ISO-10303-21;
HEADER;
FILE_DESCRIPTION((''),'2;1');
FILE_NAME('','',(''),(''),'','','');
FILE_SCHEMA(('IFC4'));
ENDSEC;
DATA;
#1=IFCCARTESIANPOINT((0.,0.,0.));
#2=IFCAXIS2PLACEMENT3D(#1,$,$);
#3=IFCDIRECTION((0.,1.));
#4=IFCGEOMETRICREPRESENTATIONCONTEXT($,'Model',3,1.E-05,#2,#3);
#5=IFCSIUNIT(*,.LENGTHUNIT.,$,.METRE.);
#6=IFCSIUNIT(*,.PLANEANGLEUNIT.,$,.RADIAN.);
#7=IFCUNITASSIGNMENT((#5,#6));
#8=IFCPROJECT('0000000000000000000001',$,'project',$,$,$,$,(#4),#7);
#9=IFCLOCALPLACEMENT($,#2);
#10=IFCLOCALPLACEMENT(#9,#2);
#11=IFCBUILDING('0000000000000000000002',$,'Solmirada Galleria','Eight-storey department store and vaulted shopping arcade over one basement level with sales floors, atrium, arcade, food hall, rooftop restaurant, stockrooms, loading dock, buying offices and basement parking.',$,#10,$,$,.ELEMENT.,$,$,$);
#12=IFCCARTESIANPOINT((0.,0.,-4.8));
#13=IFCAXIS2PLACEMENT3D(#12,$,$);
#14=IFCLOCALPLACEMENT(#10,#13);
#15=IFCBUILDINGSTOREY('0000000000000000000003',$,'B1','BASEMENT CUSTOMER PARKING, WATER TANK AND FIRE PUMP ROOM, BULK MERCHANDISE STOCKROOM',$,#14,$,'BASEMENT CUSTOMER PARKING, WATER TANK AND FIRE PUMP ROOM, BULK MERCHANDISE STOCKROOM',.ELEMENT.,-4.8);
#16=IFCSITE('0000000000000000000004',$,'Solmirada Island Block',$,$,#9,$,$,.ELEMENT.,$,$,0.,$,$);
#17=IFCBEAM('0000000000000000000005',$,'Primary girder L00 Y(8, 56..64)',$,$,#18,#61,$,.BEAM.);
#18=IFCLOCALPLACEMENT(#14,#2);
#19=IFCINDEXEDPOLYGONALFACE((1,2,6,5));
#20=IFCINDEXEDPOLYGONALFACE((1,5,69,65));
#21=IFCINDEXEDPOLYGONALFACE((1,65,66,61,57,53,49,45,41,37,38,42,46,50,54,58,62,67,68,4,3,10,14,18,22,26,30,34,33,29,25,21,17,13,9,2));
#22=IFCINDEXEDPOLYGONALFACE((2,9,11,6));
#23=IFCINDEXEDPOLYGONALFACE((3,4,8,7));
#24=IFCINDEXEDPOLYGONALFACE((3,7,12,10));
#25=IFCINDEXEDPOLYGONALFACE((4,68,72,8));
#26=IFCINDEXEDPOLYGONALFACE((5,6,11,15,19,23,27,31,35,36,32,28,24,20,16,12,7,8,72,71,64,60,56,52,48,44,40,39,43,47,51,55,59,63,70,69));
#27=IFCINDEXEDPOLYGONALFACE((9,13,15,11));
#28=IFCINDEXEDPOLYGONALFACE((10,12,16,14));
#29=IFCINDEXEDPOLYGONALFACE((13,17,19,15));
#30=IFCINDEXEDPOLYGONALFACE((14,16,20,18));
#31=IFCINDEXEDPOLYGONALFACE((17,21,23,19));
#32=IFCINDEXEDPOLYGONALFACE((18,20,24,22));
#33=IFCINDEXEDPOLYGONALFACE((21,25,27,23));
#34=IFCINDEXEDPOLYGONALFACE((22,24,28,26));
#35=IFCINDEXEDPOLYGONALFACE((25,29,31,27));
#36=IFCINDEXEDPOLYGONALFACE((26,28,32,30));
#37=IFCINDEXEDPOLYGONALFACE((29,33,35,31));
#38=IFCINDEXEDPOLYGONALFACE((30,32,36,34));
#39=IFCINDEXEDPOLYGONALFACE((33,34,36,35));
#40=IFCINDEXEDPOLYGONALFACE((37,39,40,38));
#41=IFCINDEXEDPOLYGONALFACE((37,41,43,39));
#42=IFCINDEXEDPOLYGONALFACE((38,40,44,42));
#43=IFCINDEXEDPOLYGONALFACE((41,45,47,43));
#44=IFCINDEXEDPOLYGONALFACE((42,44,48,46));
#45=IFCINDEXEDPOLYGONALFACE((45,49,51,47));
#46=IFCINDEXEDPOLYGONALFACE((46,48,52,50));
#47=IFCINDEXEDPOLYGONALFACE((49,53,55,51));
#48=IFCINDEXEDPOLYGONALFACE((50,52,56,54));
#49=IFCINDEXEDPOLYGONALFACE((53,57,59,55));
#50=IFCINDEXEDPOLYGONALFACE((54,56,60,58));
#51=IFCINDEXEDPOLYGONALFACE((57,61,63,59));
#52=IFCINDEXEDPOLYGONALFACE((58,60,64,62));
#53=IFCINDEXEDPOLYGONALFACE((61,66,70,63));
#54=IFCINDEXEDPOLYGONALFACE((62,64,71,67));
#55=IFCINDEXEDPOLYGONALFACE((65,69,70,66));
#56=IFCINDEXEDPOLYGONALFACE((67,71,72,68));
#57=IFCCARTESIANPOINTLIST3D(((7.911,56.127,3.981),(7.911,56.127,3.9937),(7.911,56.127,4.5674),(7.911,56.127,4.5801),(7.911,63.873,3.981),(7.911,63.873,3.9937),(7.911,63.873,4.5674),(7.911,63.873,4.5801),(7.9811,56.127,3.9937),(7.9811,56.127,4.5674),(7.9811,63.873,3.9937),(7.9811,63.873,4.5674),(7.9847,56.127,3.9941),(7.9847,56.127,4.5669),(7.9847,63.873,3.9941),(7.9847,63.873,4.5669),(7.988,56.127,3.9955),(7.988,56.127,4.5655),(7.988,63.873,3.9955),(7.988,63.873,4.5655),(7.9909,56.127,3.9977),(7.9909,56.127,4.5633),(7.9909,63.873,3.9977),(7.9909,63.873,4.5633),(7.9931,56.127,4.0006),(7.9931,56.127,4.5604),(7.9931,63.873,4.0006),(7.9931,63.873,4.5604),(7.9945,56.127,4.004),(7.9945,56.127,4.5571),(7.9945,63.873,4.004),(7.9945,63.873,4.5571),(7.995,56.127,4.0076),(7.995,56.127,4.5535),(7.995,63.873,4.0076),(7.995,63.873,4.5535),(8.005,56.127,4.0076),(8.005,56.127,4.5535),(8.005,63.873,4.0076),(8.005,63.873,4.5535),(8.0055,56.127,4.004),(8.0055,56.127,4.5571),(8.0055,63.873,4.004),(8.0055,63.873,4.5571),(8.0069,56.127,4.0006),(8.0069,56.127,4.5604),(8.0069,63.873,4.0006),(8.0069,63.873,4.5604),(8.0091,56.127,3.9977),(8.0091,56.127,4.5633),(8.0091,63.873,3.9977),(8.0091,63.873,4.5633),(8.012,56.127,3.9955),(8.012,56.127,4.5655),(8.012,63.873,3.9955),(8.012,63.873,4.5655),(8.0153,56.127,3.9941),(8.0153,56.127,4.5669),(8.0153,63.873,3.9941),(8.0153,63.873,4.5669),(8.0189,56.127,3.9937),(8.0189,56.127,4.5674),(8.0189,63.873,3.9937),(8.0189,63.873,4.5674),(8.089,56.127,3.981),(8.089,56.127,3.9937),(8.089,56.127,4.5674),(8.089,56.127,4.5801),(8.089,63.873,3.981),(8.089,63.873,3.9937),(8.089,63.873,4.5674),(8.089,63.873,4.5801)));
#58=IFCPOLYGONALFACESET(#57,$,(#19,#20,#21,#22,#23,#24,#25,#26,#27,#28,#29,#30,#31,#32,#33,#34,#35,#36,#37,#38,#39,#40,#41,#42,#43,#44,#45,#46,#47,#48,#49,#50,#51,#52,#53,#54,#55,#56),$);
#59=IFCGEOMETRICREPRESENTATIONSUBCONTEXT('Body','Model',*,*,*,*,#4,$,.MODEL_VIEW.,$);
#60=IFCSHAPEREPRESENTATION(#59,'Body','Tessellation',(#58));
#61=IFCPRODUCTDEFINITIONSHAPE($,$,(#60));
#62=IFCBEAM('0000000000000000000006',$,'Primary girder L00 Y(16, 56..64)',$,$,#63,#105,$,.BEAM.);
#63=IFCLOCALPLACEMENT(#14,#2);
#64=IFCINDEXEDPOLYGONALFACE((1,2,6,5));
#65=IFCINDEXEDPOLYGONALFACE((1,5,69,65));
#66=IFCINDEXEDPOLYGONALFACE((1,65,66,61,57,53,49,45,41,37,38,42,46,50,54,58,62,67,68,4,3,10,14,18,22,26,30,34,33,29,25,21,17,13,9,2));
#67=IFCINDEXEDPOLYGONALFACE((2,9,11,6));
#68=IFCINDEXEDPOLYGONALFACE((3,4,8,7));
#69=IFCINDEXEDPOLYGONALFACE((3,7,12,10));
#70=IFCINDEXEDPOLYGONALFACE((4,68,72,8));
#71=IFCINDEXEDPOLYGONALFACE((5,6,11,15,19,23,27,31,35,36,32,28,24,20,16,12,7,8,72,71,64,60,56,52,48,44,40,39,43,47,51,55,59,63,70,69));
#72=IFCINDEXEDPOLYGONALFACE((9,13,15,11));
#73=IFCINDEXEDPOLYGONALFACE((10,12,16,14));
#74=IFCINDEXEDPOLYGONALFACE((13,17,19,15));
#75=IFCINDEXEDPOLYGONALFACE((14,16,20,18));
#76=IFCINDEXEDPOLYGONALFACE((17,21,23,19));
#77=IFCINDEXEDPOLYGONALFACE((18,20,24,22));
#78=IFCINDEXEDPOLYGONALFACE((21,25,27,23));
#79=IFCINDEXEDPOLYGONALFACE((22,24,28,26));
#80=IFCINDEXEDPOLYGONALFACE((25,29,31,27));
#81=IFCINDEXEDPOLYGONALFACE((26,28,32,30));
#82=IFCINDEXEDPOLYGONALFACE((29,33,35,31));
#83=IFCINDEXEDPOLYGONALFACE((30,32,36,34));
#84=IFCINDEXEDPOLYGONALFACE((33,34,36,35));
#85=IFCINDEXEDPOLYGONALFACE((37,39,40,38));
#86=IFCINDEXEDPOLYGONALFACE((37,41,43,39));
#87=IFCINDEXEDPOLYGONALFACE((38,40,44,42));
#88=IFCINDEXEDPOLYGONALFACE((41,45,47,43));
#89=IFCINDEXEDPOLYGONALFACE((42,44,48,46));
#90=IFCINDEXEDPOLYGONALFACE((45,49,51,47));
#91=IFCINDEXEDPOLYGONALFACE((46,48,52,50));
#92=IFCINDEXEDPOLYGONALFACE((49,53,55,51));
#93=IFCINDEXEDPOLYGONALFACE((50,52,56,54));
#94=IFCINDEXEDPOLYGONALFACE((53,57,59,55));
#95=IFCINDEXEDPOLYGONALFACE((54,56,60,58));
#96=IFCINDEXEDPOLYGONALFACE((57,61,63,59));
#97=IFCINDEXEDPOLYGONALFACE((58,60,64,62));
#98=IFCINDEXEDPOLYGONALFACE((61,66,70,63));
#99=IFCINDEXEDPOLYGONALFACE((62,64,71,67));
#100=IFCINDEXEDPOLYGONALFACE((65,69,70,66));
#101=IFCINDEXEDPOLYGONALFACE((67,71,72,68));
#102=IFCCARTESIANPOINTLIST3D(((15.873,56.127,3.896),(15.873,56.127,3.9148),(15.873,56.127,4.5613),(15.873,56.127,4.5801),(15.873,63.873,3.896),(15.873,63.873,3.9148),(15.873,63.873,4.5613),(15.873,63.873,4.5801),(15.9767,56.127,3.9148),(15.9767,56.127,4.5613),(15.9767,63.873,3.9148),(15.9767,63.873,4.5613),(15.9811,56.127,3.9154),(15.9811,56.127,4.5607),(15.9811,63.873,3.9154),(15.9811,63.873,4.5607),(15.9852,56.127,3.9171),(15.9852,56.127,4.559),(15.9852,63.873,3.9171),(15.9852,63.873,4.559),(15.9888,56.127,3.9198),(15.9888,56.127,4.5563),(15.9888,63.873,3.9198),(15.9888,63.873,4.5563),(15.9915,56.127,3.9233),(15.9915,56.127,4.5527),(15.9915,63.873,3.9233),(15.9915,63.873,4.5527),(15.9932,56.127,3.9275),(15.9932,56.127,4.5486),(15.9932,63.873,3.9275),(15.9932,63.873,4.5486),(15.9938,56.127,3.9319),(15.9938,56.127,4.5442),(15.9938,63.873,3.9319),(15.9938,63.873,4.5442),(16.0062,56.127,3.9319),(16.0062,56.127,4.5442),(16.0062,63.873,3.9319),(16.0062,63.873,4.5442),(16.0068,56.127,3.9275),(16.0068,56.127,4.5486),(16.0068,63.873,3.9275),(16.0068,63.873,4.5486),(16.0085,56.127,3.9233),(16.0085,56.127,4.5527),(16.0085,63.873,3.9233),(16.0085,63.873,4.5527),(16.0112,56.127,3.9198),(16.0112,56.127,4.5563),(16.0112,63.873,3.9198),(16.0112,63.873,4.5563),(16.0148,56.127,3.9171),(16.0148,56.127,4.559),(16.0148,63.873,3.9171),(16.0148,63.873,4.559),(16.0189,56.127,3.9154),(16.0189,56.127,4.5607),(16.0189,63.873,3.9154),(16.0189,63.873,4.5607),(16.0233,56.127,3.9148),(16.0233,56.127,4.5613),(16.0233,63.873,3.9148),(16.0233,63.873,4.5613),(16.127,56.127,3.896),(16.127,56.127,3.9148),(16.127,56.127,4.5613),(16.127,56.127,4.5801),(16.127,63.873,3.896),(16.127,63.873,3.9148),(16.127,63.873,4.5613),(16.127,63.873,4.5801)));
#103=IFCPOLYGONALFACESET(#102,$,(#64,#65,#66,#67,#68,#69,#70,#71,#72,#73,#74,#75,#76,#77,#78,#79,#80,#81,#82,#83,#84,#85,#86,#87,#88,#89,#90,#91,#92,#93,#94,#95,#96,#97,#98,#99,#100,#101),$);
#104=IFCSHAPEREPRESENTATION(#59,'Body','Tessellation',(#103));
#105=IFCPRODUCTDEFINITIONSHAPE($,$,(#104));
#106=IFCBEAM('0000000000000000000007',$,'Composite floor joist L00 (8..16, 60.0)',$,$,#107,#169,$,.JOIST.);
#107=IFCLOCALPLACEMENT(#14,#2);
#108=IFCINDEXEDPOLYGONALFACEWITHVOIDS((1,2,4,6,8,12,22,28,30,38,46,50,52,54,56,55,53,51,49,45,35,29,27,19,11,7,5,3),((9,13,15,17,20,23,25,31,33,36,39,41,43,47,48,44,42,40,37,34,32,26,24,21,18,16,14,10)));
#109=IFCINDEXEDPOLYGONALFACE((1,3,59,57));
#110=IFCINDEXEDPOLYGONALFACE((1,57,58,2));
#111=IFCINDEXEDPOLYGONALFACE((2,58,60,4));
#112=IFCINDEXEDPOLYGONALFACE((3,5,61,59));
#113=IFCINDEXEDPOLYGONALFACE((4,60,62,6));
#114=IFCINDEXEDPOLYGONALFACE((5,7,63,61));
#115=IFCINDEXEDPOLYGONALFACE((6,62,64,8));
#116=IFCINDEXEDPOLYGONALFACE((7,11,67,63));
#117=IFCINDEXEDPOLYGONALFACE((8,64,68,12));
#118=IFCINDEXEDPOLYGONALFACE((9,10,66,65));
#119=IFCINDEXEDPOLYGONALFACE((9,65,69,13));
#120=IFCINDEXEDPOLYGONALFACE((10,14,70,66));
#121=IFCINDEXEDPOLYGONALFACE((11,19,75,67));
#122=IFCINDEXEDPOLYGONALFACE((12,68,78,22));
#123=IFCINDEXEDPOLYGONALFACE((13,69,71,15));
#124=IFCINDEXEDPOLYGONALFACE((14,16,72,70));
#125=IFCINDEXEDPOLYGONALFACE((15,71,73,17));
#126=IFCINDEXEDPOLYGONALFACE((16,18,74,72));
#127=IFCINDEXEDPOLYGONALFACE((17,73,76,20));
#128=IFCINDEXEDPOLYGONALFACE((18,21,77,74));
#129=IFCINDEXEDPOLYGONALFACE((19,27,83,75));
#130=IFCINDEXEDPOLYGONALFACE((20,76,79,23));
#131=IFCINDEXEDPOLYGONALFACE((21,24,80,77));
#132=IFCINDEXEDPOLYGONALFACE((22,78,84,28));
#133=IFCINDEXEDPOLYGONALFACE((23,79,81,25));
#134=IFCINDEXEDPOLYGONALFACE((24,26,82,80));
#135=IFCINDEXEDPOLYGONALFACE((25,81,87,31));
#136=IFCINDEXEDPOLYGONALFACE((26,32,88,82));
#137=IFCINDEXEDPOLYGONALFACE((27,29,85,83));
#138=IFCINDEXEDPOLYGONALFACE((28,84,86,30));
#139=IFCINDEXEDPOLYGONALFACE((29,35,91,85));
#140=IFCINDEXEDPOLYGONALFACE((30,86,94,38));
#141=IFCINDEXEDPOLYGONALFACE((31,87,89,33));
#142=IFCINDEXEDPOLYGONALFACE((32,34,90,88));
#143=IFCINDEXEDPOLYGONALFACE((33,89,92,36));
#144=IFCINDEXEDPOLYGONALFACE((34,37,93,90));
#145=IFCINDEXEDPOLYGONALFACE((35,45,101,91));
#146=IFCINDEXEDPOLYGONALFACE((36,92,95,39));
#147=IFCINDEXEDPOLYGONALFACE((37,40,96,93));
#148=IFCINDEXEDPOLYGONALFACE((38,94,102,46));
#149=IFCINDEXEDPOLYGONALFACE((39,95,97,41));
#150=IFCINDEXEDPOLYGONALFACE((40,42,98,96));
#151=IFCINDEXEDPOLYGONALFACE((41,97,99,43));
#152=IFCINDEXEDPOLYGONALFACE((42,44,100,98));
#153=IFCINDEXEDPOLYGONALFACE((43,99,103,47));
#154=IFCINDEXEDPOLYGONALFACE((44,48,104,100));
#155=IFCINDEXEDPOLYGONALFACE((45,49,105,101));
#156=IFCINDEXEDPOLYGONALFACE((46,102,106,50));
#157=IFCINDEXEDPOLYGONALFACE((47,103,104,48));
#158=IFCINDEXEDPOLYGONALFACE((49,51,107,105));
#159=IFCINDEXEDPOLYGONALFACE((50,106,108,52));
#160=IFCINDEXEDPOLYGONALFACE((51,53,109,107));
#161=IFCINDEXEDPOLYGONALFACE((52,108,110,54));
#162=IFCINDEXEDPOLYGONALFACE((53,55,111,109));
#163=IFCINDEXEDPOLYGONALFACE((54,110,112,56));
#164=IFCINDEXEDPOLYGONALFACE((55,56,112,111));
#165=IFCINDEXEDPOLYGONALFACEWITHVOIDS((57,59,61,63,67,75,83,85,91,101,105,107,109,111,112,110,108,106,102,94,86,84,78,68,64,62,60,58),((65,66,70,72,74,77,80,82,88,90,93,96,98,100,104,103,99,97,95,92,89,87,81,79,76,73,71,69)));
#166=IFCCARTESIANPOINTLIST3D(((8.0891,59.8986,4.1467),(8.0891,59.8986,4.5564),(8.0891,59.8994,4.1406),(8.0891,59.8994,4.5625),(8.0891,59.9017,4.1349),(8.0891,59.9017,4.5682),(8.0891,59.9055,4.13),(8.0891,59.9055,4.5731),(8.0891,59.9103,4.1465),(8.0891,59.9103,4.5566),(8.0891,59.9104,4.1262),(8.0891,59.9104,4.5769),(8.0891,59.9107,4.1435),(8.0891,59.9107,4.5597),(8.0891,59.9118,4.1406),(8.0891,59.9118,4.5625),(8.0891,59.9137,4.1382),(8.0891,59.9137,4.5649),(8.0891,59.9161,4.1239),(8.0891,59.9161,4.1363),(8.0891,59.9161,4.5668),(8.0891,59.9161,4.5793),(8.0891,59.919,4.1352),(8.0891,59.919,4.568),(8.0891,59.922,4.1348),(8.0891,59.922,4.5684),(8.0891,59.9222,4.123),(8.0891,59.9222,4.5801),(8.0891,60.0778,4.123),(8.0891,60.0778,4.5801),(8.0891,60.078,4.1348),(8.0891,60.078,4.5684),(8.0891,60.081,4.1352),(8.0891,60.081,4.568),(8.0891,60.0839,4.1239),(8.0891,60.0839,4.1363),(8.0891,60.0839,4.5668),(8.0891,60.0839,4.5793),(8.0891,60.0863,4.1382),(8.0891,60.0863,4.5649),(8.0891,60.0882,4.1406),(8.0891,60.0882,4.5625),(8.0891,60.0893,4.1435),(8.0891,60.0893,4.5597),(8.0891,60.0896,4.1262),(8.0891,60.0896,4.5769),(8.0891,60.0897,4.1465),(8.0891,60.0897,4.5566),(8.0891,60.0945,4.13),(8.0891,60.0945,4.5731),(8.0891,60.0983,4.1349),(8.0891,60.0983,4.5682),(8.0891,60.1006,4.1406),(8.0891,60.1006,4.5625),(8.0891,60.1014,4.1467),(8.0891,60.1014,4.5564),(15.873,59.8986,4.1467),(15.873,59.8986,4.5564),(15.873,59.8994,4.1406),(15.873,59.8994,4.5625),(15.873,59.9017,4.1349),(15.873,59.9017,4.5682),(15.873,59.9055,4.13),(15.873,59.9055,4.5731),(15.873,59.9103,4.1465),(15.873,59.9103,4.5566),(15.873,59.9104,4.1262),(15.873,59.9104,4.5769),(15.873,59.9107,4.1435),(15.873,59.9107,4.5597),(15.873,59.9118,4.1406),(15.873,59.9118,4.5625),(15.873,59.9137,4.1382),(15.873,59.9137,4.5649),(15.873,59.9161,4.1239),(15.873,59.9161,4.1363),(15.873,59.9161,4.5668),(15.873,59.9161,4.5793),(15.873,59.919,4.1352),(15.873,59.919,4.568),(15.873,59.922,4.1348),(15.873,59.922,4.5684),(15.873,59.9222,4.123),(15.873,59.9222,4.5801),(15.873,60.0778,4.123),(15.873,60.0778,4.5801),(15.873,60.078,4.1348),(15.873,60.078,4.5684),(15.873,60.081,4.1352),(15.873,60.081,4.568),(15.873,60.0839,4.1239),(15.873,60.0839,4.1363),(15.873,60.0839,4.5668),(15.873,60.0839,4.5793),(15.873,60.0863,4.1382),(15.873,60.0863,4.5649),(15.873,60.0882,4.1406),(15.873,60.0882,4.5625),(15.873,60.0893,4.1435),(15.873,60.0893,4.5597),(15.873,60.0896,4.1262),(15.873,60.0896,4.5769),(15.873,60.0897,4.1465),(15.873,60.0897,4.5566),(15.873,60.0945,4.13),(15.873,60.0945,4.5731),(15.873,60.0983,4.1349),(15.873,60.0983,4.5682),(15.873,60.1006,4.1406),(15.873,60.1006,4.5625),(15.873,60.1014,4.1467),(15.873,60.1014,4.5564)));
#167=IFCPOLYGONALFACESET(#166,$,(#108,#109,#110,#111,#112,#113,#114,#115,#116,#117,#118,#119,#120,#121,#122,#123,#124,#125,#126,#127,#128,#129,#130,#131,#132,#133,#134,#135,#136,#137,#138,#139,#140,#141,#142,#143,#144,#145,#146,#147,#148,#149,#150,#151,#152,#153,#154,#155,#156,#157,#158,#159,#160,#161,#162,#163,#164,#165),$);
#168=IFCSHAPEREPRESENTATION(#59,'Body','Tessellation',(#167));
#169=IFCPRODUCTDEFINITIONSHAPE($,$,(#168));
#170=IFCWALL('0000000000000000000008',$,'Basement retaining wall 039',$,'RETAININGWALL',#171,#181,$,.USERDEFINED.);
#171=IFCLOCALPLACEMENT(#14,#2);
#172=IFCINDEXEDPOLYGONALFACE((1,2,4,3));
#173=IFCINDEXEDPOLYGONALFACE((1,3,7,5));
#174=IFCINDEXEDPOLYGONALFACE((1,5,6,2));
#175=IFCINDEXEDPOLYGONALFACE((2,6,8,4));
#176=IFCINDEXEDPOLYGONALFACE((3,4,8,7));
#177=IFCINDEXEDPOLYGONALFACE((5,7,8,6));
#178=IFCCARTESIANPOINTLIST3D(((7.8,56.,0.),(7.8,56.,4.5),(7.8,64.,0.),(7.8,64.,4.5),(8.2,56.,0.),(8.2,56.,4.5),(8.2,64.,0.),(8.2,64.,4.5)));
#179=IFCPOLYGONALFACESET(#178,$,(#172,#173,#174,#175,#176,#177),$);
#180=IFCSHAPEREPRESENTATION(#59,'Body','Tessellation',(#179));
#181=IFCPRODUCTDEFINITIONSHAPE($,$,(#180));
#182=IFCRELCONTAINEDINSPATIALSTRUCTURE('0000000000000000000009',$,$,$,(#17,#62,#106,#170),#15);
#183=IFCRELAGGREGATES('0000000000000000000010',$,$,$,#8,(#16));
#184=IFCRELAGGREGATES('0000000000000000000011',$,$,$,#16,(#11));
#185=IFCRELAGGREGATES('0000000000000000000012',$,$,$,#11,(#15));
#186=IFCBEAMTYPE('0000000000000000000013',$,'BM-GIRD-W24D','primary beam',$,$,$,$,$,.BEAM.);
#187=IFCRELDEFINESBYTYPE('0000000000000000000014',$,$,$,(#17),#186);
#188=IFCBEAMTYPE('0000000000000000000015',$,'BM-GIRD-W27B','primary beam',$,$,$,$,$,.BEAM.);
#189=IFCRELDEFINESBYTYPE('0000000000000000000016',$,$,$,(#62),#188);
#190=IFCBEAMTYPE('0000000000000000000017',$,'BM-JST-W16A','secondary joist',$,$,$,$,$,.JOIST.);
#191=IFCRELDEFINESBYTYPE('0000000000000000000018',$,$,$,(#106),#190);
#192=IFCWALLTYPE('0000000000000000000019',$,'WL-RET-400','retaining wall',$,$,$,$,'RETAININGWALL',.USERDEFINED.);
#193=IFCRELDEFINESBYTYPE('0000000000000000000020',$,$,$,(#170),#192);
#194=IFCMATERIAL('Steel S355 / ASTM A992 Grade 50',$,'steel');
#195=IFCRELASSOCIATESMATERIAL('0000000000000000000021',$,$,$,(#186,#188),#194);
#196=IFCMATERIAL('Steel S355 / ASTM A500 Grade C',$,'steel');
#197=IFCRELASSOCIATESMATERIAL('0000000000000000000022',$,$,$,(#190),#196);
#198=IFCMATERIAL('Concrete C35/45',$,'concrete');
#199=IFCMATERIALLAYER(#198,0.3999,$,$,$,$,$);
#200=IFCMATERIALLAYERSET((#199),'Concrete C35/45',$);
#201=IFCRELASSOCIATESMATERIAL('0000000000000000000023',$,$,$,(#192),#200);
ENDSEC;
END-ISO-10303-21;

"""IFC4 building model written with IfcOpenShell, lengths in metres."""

from ifc_helpers import new_model, si_unit, direction, frame, frame_2d, origin, origin_2d, place, context, subcontext, project, spatial, rectangle, hollow_rectangle, i_section, extrude, material, layer, layer_set, material_profile, profile_set, type_object, element, save


model = new_model("IFC4")

# Units and contexts
model_context = context("Model", 3, precision=1e-05, world=origin(), true_north=direction((0.0, 1.0)))
body_context = subcontext(model_context, "Body", "Model", "MODEL_VIEW")
ifc_project = project(units=[si_unit("LENGTHUNIT", "METRE"), si_unit("PLANEANGLEUNIT", "RADIAN")], contexts=[model_context])

# Site, building, storey
site_placement = place(None, origin())
site = spatial("IfcSite", under=ifc_project, at=site_placement, Name="Solmirada Island Block", CompositionType="ELEMENT", RefElevation=0.0)
building_placement = place(site_placement, origin())
building = spatial("IfcBuilding", under=site, at=building_placement, Name="Solmirada Galleria", Description="Eight-storey department store and vaulted shopping arcade over one basement level with sales floors, atrium, arcade, food hall, rooftop restaurant, stockrooms, loading dock, buying offices and basement parking.", CompositionType="ELEMENT")
storey_placement = place(building_placement, frame((0.0, 0.0, -4.8)))
storey = spatial("IfcBuildingStorey", under=building, at=storey_placement, Name="B1", Description="BASEMENT CUSTOMER PARKING, WATER TANK AND FIRE PUMP ROOM, BULK MERCHANDISE STOCKROOM", LongName="BASEMENT CUSTOMER PARKING, WATER TANK AND FIRE PUMP ROOM, BULK MERCHANDISE STOCKROOM", CompositionType="ELEMENT", Elevation=-4.8)

# Shared definitions
ifc_material_1 = material(Name="Concrete C35/45", Category="concrete")

# Shared definitions
ifc_material_2 = material(Name="Steel S355 / ASTM A500 Grade C", Category="steel")

# Beams
ifc_material_3 = material(Name="Steel S355 / ASTM A992 Grade 50", Category="steel")
ifc_material_profile_1 = material_profile(ifc_material_3, i_section(OverallWidth=0.178, OverallDepth=0.5991, WebThickness=0.01, FlangeThickness=0.0127, FilletRadius=0.0139, at=origin_2d()), Name="W24X55")
ifc_profile_set_1 = profile_set([ifc_material_profile_1], Name="Steel S355 / ASTM A992 Grade 50")
beam_type_1 = type_object("IfcBeamType", Name="BM-GIRD-W24D", Description="primary beam", PredefinedType="BEAM", material=ifc_profile_set_1)
beam_1_placement = place(storey_placement, frame((8.0, 56.127, 4.2805), z_axis=(0.0, 1.0, 0.0), x_axis=(-1.0, 0.0, 0.0)))
element("IfcBeam", 1, at=beam_1_placement, inside=storey, type_object=beam_type_1, Name="Primary girder L00 Y(8, 56..64)", PredefinedType="BEAM", context=body_context, shape_type="SweptSolid", body=[
    extrude(i_section(OverallWidth=0.178, OverallDepth=0.5991, WebThickness=0.01, FlangeThickness=0.0127, FilletRadius=0.0139, at=origin_2d()), origin(), (0.0, 0.0, 1.0), 7.7461),
])
ifc_material_profile_2 = material_profile(ifc_material_3, i_section(OverallWidth=0.2539, OverallDepth=0.6841, WebThickness=0.0125, FlangeThickness=0.0188, FilletRadius=0.0171, at=origin_2d()), Name="W27X94")
ifc_profile_set_2 = profile_set([ifc_material_profile_2], Name="Steel S355 / ASTM A992 Grade 50")
beam_type_2 = type_object("IfcBeamType", Name="BM-GIRD-W27B", Description="primary beam", PredefinedType="BEAM", material=ifc_profile_set_2)
beam_2_placement = place(storey_placement, frame((16.0, 56.127, 4.238), z_axis=(0.0, 1.0, 0.0), x_axis=(-1.0, 0.0, 0.0)))
element("IfcBeam", 2, at=beam_2_placement, inside=storey, type_object=beam_type_2, Name="Primary girder L00 Y(16, 56..64)", PredefinedType="BEAM", context=body_context, shape_type="SweptSolid", body=[
    extrude(i_section(OverallWidth=0.2539, OverallDepth=0.6841, WebThickness=0.0125, FlangeThickness=0.0188, FilletRadius=0.0171, at=origin_2d()), origin(), (0.0, 0.0, 1.0), 7.7461),
])
ifc_material_profile_3 = material_profile(ifc_material_2, hollow_rectangle(XDim=0.2029, YDim=0.457, WallThickness=0.0117, InnerFilletRadius=0.0117, OuterFilletRadius=0.0237, at=origin_2d()), Name="HSS18X8X1/2")
ifc_profile_set_3 = profile_set([ifc_material_profile_3], Name="Steel S355 / ASTM A500 Grade C")
beam_type_3 = type_object("IfcBeamType", Name="BM-JST-W16A", Description="secondary joist", PredefinedType="JOIST", material=ifc_profile_set_3)
beam_3_placement = place(storey_placement, frame((8.0891, 60.0, 4.3516), z_axis=(1.0, 0.0, 0.0), x_axis=(0.0, 1.0, 0.0)))
element("IfcBeam", 3, at=beam_3_placement, inside=storey, type_object=beam_type_3, Name="Composite floor joist L00 (8..16, 60.0)", PredefinedType="JOIST", context=body_context, shape_type="SweptSolid", body=[
    extrude(hollow_rectangle(XDim=0.2029, YDim=0.457, WallThickness=0.0117, InnerFilletRadius=0.0117, OuterFilletRadius=0.0237, at=origin_2d()), origin(), (0.0, 0.0, 1.0), 7.7839),
])

# Wall
ifc_layer_1 = layer(ifc_material_1, 0.3999)
ifc_layer_set_1 = layer_set([ifc_layer_1], Name="Concrete C35/45")
wall_type_1 = type_object("IfcWallType", Name="WL-RET-400", Description="retaining wall", ElementType="RETAININGWALL", PredefinedType="USERDEFINED", material=ifc_layer_set_1)
wall_placement = place(storey_placement, frame((8.0, 56.0, 0.0), z_axis=(0.0, 0.0, 1.0), x_axis=(0.0, 1.0, 0.0)))
element("IfcWall", 4, at=wall_placement, inside=storey, type_object=wall_type_1, Name="Basement retaining wall 039", ObjectType="RETAININGWALL", PredefinedType="USERDEFINED", context=body_context, shape_type="SweptSolid", body=[
    extrude(rectangle(XDim=8.0, YDim=0.3999, at=frame_2d((4.0, 0.0))), origin(), (0.0, 0.0, 1.0), 4.5),
])

save(model, "model.ifc")
